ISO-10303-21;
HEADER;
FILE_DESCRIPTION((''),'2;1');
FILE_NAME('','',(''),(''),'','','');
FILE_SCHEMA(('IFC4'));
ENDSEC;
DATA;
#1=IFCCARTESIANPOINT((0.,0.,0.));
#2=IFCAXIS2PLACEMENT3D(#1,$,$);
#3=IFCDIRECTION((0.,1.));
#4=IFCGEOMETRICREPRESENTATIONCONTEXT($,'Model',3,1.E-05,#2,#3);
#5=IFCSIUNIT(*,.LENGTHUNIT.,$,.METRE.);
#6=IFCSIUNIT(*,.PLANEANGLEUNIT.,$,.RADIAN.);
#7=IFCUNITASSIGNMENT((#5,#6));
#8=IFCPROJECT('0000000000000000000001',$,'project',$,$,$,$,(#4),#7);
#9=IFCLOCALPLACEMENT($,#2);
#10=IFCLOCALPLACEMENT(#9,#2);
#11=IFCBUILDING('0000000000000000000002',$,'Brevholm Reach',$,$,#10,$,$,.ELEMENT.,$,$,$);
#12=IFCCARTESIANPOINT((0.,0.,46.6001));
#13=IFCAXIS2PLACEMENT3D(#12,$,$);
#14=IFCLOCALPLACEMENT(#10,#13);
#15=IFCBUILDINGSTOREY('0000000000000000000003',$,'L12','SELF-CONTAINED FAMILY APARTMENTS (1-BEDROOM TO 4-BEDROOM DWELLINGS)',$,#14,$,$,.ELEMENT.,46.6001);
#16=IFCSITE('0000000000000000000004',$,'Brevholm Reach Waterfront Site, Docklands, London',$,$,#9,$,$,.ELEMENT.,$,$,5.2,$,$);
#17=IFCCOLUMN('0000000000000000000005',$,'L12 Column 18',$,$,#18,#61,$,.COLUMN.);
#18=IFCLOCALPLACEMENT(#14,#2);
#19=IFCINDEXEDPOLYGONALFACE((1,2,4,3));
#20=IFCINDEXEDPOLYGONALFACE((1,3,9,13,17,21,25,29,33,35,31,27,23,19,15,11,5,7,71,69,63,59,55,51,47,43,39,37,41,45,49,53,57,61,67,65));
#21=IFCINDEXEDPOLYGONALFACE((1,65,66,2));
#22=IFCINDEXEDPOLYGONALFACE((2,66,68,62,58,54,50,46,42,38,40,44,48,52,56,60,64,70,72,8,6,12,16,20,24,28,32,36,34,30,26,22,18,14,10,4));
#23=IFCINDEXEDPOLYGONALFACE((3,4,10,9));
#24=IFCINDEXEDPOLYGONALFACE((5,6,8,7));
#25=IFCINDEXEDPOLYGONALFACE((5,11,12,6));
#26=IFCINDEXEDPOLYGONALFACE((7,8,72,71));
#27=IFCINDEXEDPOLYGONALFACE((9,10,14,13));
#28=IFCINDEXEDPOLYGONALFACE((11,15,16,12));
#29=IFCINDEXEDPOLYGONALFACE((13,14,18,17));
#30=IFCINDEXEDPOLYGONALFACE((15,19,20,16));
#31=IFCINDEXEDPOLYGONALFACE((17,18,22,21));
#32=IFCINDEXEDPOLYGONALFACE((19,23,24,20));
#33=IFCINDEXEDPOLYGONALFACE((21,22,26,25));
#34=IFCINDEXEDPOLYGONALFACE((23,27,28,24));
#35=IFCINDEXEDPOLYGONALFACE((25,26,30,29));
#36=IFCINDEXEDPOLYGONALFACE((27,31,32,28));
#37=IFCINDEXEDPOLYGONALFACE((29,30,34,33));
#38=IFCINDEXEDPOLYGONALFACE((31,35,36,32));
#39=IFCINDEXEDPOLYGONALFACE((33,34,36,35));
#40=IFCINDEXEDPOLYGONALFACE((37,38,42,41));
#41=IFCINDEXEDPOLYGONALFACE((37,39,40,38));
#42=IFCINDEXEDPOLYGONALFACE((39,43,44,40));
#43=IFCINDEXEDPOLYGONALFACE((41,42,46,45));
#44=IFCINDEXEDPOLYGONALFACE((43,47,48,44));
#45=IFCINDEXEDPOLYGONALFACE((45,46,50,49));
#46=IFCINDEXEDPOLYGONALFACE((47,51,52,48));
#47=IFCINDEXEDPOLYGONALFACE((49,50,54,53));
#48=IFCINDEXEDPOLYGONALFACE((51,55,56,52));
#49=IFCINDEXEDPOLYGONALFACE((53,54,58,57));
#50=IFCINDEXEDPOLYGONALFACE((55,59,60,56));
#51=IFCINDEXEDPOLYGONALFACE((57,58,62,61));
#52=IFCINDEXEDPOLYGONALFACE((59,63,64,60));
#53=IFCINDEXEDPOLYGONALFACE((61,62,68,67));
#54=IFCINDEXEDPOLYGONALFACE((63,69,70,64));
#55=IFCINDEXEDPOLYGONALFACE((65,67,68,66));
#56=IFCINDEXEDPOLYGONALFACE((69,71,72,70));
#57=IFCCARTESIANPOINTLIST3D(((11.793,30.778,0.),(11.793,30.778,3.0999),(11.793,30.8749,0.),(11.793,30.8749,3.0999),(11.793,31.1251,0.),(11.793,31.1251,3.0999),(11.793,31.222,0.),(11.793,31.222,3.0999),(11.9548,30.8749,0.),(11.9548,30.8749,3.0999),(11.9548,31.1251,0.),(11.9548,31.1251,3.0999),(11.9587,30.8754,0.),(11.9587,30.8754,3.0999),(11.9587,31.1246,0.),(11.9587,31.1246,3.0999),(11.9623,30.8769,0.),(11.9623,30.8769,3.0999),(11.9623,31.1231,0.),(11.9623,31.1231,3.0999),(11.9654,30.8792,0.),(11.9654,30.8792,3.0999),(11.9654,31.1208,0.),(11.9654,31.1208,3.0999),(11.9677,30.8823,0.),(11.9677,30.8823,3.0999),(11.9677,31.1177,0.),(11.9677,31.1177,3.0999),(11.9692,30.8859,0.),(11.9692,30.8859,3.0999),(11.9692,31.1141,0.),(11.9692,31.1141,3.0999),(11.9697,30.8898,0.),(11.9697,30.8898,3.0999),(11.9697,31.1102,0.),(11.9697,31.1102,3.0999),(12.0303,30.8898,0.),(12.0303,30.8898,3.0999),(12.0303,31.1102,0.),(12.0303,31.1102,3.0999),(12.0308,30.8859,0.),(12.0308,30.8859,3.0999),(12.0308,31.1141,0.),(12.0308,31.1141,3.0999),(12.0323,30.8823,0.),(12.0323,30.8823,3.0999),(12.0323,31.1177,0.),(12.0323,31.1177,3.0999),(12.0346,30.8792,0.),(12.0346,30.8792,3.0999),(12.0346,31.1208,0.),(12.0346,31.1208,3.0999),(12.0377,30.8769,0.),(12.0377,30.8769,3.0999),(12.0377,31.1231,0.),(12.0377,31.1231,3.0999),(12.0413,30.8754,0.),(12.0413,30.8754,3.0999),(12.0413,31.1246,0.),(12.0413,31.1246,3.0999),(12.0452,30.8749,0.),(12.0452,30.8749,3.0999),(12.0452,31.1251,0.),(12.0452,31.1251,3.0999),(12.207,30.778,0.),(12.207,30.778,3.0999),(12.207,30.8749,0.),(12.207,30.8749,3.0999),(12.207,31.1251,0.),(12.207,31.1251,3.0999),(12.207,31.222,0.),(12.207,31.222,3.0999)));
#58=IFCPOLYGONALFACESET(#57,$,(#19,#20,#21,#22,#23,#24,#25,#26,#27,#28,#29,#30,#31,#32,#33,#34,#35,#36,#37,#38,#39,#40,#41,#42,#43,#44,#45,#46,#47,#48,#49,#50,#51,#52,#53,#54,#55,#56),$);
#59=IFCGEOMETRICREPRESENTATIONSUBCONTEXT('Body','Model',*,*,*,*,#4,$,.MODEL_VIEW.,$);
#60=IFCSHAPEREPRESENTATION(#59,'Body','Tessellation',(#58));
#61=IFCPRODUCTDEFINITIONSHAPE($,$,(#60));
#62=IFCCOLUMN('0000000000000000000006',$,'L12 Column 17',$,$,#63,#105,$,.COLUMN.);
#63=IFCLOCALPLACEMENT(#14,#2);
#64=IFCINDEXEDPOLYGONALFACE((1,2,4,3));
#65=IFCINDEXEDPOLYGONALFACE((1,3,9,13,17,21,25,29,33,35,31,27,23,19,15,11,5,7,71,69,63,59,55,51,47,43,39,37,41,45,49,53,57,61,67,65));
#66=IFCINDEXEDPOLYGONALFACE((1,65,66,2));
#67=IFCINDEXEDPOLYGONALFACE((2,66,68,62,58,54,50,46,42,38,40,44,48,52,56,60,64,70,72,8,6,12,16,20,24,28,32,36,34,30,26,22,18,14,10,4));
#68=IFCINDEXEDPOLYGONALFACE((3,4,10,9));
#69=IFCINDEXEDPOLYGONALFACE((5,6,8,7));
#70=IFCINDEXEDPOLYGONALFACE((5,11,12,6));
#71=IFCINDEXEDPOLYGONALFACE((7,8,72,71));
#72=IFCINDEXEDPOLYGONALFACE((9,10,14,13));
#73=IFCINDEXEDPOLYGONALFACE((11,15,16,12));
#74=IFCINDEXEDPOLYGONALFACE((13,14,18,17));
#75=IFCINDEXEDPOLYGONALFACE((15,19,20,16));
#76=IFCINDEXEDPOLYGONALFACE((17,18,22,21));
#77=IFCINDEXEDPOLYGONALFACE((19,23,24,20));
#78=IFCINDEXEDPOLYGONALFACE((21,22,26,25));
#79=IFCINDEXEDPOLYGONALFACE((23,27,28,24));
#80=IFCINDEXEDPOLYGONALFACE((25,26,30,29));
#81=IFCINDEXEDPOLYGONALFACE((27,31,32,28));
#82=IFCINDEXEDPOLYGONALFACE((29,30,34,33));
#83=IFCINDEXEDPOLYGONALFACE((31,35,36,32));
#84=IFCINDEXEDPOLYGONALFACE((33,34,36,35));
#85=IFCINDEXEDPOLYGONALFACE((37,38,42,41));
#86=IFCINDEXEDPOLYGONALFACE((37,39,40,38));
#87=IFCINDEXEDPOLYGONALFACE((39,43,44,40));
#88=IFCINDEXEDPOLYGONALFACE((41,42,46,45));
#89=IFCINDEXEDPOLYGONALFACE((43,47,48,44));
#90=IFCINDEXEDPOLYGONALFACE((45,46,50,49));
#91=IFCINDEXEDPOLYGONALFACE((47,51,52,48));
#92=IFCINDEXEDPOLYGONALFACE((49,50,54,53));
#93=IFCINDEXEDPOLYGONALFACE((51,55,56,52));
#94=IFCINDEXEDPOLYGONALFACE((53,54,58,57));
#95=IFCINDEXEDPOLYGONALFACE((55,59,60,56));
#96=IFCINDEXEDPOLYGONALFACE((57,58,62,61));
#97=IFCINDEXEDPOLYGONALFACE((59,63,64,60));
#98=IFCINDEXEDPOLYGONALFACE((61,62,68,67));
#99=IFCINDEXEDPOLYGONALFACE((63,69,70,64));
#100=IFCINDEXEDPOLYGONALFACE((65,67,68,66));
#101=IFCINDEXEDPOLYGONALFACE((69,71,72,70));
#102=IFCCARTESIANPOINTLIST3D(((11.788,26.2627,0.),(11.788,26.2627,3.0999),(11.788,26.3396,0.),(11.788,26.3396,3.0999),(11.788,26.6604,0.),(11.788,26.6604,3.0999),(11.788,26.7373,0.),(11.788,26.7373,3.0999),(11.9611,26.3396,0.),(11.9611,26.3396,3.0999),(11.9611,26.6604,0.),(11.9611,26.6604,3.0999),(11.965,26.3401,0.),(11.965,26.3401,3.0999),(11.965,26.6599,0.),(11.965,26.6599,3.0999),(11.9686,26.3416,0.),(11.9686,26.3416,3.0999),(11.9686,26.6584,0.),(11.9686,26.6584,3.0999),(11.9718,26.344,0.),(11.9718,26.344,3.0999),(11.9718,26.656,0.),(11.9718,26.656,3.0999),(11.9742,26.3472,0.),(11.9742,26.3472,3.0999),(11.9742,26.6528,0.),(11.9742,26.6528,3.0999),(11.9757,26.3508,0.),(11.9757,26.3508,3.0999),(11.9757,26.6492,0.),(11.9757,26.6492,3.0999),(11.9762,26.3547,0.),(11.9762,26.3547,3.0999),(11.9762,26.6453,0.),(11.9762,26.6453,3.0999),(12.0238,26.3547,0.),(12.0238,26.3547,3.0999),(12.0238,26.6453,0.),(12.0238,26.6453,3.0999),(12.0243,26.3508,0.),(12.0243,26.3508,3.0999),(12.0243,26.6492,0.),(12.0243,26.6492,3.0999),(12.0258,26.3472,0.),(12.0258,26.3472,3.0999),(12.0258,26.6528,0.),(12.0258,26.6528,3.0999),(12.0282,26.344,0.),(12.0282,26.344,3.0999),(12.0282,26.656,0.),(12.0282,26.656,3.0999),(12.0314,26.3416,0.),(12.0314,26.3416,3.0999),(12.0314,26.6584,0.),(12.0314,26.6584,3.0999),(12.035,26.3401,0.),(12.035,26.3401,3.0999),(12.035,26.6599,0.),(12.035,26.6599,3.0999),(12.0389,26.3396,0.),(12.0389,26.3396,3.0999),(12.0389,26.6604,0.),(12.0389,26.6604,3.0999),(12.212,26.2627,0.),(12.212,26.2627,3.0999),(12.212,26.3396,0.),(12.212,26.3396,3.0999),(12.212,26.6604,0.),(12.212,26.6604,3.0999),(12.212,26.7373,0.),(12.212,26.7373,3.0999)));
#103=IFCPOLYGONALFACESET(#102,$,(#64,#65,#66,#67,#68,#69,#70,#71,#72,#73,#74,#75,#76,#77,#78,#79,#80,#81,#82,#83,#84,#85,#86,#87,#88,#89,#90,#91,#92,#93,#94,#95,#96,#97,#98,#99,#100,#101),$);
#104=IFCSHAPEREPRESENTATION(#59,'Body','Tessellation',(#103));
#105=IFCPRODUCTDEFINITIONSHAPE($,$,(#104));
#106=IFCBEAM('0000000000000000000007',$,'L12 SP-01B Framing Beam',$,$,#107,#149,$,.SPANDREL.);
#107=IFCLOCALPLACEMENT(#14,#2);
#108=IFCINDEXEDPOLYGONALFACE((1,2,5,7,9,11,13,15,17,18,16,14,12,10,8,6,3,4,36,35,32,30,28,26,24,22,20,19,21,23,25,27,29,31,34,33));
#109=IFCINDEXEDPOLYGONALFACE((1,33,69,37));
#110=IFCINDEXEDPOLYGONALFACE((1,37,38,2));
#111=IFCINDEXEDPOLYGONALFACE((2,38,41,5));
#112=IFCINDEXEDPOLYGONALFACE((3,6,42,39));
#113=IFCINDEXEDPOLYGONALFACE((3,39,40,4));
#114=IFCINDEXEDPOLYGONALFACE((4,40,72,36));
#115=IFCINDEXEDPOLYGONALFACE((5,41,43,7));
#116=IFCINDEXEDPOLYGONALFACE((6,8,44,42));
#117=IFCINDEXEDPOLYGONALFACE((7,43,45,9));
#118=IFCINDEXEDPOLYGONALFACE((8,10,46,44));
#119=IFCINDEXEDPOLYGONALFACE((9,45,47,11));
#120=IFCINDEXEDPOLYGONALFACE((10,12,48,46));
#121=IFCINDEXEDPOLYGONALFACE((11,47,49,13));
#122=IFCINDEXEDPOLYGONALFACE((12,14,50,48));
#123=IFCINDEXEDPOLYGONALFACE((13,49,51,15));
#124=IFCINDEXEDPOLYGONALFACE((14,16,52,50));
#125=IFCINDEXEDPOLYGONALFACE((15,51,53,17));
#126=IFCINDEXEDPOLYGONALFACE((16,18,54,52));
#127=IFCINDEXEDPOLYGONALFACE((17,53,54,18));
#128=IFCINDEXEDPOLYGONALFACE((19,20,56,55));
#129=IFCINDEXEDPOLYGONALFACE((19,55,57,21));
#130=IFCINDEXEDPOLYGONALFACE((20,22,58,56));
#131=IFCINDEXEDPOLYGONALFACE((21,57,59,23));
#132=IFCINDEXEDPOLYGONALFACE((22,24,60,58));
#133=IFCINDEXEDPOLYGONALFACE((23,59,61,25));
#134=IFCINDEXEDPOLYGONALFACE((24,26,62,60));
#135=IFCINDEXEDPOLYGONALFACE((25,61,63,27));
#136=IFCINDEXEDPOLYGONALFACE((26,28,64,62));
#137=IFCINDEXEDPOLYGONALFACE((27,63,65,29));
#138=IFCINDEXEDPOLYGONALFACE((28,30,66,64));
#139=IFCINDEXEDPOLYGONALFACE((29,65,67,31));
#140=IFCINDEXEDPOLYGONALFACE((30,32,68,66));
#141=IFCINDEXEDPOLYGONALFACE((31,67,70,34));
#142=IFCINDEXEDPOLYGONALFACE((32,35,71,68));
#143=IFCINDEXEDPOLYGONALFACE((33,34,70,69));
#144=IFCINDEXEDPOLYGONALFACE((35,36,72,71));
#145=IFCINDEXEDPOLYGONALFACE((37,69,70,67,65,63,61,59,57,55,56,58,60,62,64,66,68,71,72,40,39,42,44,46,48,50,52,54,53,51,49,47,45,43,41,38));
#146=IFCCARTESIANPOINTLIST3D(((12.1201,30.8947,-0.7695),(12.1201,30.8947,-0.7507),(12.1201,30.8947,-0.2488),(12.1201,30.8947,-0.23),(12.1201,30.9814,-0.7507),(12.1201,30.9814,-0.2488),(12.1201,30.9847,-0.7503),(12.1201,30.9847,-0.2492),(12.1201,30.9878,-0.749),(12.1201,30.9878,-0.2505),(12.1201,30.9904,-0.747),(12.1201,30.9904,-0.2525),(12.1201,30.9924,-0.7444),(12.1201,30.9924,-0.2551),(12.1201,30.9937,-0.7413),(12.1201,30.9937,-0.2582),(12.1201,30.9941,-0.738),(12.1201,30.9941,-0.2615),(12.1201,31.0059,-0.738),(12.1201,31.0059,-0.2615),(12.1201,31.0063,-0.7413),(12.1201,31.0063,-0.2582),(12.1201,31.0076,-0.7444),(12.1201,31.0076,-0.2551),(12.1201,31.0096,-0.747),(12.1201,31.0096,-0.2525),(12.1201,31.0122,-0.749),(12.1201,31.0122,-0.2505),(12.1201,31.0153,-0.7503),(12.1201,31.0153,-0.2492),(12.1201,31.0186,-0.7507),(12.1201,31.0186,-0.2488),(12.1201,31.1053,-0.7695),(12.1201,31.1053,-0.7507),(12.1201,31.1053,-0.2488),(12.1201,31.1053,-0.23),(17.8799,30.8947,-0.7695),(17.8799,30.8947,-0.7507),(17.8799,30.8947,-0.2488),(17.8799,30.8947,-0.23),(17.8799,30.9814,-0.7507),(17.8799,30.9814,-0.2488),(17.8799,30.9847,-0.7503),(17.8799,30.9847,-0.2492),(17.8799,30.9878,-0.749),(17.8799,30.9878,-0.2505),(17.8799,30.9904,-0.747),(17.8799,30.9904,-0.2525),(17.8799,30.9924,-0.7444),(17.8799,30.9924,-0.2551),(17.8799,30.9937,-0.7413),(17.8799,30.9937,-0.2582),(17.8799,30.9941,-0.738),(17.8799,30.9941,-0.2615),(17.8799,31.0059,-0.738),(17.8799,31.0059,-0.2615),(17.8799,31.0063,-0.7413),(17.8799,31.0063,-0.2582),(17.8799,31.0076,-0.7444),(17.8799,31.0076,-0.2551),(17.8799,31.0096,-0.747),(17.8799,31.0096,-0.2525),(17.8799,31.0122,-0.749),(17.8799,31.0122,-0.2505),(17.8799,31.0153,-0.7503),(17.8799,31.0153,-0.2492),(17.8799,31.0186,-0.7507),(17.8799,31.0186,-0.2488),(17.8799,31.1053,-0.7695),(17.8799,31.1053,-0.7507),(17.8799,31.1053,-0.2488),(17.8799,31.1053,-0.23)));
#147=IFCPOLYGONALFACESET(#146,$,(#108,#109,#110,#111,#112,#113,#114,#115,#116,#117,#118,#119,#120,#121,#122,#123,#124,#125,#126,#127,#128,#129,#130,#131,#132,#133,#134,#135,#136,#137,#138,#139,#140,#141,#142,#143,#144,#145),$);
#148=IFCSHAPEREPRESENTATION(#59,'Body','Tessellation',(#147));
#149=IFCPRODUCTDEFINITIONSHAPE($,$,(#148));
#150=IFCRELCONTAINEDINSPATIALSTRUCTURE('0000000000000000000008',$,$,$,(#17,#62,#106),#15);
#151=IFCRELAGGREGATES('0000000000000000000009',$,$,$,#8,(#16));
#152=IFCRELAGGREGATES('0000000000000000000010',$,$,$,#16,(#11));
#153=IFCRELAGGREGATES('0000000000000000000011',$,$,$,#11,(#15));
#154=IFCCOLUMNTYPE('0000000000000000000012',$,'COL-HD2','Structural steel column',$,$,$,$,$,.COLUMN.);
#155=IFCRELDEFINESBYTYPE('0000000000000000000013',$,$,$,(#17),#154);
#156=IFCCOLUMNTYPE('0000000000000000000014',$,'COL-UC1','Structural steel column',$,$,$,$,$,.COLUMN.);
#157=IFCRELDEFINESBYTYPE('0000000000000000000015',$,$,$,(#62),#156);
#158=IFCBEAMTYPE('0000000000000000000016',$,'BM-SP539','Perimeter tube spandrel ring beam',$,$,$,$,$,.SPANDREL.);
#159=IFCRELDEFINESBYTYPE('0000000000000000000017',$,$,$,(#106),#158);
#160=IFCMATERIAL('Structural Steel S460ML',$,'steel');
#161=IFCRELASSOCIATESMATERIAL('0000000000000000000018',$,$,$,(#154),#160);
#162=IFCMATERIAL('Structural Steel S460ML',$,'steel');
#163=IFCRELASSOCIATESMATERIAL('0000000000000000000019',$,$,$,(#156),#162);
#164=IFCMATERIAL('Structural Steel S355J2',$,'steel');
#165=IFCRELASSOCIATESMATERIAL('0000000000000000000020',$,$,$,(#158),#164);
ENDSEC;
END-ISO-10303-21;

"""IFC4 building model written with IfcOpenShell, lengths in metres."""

from ifc_helpers import new_model, si_unit, direction, frame, origin, origin_2d, place, context, subcontext, project, spatial, i_section, extrude, material, material_profile, profile_set, type_object, element, save


model = new_model("IFC4")

# Units and contexts
model_context = context("Model", 3, precision=1e-05, world=origin(), true_north=direction((0.0, 1.0)))
body_context = subcontext(model_context, "Body", "Model", "MODEL_VIEW")
ifc_project = project(units=[si_unit("LENGTHUNIT", "METRE"), si_unit("PLANEANGLEUNIT", "RADIAN")], contexts=[model_context])

# Site, building, storey
site_placement = place(None, origin())
site = spatial("IfcSite", under=ifc_project, at=site_placement, Name="Brevholm Reach Waterfront Site, Docklands, London", CompositionType="ELEMENT", RefElevation=5.2)
building_placement = place(site_placement, origin())
building = spatial("IfcBuilding", under=site, at=building_placement, Name="Brevholm Reach", CompositionType="ELEMENT")
storey_placement = place(building_placement, frame((0.0, 0.0, 46.6001)))
storey = spatial("IfcBuildingStorey", under=building, at=storey_placement, Name="L12", Description="SELF-CONTAINED FAMILY APARTMENTS (1-BEDROOM TO 4-BEDROOM DWELLINGS)", CompositionType="ELEMENT", Elevation=46.6001)

# Columns
ifc_material_1 = material(Name="Structural Steel S460ML", Category="steel")
ifc_material_profile_1 = material_profile(ifc_material_1, i_section(OverallWidth=0.4141, OverallDepth=0.4441, WebThickness=0.0605, FlangeThickness=0.0969, FilletRadius=0.0149, at=origin_2d()), Name="HD 400x818")
ifc_profile_set_1 = profile_set([ifc_material_profile_1], Name="Structural Steel S460ML")
column_type_1 = type_object("IfcColumnType", Name="COL-HD2", Description="Structural steel column", PredefinedType="COLUMN", material=ifc_profile_set_1)
column_1_placement = place(storey_placement, frame((12.0, 31.0, 0.0), z_axis=(0.0, 0.0, 1.0), x_axis=(1.0, 0.0, 0.0)))
element("IfcColumn", 1, at=column_1_placement, inside=storey, type_object=column_type_1, Name="L12 Column 18", PredefinedType="COLUMN", context=body_context, shape_type="SweptSolid", body=[
    extrude(i_section(OverallWidth=0.4141, OverallDepth=0.4441, WebThickness=0.0605, FlangeThickness=0.0969, FilletRadius=0.0149, at=origin_2d()), origin(), (0.0, 0.0, 1.0), 3.0999),
])
ifc_material_2 = material(Name="Structural Steel S460ML", Category="steel")
ifc_material_profile_2 = material_profile(ifc_material_2, i_section(OverallWidth=0.4241, OverallDepth=0.4746, WebThickness=0.0476, FlangeThickness=0.0769, FilletRadius=0.0151, at=origin_2d()), Name="UKC 356x406x634")
ifc_profile_set_2 = profile_set([ifc_material_profile_2], Name="Structural Steel S460ML")
column_type_2 = type_object("IfcColumnType", Name="COL-UC1", Description="Structural steel column", PredefinedType="COLUMN", material=ifc_profile_set_2)
column_2_placement = place(storey_placement, frame((12.0, 26.5, 0.0), z_axis=(0.0, 0.0, 1.0), x_axis=(1.0, 0.0, 0.0)))
element("IfcColumn", 2, at=column_2_placement, inside=storey, type_object=column_type_2, Name="L12 Column 17", PredefinedType="COLUMN", context=body_context, shape_type="SweptSolid", body=[
    extrude(i_section(OverallWidth=0.4241, OverallDepth=0.4746, WebThickness=0.0476, FlangeThickness=0.0769, FilletRadius=0.0151, at=origin_2d()), origin(), (0.0, 0.0, 1.0), 3.0999),
])

# Beam
ifc_material_3 = material(Name="Structural Steel S355J2", Category="steel")
ifc_material_profile_3 = material_profile(ifc_material_3, i_section(OverallWidth=0.2107, OverallDepth=0.5396, WebThickness=0.0117, FlangeThickness=0.0188, FilletRadius=0.0127, at=origin_2d()), Name="UKB 533x210x109")
ifc_profile_set_3 = profile_set([ifc_material_profile_3], Name="Structural Steel S355J2")
beam_type_1 = type_object("IfcBeamType", Name="BM-SP539", Description="Perimeter tube spandrel ring beam", PredefinedType="SPANDREL", material=ifc_profile_set_3)
beam_1_placement = place(storey_placement, frame((12.1201, 31.0, -0.4998), z_axis=(1.0, 0.0, 0.0), x_axis=(0.0, 1.0, 0.0)))
element("IfcBeam", 3, at=beam_1_placement, inside=storey, type_object=beam_type_1, Name="L12 SP-01B Framing Beam", PredefinedType="SPANDREL", context=body_context, shape_type="SweptSolid", body=[
    extrude(i_section(OverallWidth=0.2107, OverallDepth=0.5396, WebThickness=0.0117, FlangeThickness=0.0188, FilletRadius=0.0127, at=origin_2d()), origin(), (0.0, 0.0, 1.0), 5.7598),
])

save(model, "model.ifc")
